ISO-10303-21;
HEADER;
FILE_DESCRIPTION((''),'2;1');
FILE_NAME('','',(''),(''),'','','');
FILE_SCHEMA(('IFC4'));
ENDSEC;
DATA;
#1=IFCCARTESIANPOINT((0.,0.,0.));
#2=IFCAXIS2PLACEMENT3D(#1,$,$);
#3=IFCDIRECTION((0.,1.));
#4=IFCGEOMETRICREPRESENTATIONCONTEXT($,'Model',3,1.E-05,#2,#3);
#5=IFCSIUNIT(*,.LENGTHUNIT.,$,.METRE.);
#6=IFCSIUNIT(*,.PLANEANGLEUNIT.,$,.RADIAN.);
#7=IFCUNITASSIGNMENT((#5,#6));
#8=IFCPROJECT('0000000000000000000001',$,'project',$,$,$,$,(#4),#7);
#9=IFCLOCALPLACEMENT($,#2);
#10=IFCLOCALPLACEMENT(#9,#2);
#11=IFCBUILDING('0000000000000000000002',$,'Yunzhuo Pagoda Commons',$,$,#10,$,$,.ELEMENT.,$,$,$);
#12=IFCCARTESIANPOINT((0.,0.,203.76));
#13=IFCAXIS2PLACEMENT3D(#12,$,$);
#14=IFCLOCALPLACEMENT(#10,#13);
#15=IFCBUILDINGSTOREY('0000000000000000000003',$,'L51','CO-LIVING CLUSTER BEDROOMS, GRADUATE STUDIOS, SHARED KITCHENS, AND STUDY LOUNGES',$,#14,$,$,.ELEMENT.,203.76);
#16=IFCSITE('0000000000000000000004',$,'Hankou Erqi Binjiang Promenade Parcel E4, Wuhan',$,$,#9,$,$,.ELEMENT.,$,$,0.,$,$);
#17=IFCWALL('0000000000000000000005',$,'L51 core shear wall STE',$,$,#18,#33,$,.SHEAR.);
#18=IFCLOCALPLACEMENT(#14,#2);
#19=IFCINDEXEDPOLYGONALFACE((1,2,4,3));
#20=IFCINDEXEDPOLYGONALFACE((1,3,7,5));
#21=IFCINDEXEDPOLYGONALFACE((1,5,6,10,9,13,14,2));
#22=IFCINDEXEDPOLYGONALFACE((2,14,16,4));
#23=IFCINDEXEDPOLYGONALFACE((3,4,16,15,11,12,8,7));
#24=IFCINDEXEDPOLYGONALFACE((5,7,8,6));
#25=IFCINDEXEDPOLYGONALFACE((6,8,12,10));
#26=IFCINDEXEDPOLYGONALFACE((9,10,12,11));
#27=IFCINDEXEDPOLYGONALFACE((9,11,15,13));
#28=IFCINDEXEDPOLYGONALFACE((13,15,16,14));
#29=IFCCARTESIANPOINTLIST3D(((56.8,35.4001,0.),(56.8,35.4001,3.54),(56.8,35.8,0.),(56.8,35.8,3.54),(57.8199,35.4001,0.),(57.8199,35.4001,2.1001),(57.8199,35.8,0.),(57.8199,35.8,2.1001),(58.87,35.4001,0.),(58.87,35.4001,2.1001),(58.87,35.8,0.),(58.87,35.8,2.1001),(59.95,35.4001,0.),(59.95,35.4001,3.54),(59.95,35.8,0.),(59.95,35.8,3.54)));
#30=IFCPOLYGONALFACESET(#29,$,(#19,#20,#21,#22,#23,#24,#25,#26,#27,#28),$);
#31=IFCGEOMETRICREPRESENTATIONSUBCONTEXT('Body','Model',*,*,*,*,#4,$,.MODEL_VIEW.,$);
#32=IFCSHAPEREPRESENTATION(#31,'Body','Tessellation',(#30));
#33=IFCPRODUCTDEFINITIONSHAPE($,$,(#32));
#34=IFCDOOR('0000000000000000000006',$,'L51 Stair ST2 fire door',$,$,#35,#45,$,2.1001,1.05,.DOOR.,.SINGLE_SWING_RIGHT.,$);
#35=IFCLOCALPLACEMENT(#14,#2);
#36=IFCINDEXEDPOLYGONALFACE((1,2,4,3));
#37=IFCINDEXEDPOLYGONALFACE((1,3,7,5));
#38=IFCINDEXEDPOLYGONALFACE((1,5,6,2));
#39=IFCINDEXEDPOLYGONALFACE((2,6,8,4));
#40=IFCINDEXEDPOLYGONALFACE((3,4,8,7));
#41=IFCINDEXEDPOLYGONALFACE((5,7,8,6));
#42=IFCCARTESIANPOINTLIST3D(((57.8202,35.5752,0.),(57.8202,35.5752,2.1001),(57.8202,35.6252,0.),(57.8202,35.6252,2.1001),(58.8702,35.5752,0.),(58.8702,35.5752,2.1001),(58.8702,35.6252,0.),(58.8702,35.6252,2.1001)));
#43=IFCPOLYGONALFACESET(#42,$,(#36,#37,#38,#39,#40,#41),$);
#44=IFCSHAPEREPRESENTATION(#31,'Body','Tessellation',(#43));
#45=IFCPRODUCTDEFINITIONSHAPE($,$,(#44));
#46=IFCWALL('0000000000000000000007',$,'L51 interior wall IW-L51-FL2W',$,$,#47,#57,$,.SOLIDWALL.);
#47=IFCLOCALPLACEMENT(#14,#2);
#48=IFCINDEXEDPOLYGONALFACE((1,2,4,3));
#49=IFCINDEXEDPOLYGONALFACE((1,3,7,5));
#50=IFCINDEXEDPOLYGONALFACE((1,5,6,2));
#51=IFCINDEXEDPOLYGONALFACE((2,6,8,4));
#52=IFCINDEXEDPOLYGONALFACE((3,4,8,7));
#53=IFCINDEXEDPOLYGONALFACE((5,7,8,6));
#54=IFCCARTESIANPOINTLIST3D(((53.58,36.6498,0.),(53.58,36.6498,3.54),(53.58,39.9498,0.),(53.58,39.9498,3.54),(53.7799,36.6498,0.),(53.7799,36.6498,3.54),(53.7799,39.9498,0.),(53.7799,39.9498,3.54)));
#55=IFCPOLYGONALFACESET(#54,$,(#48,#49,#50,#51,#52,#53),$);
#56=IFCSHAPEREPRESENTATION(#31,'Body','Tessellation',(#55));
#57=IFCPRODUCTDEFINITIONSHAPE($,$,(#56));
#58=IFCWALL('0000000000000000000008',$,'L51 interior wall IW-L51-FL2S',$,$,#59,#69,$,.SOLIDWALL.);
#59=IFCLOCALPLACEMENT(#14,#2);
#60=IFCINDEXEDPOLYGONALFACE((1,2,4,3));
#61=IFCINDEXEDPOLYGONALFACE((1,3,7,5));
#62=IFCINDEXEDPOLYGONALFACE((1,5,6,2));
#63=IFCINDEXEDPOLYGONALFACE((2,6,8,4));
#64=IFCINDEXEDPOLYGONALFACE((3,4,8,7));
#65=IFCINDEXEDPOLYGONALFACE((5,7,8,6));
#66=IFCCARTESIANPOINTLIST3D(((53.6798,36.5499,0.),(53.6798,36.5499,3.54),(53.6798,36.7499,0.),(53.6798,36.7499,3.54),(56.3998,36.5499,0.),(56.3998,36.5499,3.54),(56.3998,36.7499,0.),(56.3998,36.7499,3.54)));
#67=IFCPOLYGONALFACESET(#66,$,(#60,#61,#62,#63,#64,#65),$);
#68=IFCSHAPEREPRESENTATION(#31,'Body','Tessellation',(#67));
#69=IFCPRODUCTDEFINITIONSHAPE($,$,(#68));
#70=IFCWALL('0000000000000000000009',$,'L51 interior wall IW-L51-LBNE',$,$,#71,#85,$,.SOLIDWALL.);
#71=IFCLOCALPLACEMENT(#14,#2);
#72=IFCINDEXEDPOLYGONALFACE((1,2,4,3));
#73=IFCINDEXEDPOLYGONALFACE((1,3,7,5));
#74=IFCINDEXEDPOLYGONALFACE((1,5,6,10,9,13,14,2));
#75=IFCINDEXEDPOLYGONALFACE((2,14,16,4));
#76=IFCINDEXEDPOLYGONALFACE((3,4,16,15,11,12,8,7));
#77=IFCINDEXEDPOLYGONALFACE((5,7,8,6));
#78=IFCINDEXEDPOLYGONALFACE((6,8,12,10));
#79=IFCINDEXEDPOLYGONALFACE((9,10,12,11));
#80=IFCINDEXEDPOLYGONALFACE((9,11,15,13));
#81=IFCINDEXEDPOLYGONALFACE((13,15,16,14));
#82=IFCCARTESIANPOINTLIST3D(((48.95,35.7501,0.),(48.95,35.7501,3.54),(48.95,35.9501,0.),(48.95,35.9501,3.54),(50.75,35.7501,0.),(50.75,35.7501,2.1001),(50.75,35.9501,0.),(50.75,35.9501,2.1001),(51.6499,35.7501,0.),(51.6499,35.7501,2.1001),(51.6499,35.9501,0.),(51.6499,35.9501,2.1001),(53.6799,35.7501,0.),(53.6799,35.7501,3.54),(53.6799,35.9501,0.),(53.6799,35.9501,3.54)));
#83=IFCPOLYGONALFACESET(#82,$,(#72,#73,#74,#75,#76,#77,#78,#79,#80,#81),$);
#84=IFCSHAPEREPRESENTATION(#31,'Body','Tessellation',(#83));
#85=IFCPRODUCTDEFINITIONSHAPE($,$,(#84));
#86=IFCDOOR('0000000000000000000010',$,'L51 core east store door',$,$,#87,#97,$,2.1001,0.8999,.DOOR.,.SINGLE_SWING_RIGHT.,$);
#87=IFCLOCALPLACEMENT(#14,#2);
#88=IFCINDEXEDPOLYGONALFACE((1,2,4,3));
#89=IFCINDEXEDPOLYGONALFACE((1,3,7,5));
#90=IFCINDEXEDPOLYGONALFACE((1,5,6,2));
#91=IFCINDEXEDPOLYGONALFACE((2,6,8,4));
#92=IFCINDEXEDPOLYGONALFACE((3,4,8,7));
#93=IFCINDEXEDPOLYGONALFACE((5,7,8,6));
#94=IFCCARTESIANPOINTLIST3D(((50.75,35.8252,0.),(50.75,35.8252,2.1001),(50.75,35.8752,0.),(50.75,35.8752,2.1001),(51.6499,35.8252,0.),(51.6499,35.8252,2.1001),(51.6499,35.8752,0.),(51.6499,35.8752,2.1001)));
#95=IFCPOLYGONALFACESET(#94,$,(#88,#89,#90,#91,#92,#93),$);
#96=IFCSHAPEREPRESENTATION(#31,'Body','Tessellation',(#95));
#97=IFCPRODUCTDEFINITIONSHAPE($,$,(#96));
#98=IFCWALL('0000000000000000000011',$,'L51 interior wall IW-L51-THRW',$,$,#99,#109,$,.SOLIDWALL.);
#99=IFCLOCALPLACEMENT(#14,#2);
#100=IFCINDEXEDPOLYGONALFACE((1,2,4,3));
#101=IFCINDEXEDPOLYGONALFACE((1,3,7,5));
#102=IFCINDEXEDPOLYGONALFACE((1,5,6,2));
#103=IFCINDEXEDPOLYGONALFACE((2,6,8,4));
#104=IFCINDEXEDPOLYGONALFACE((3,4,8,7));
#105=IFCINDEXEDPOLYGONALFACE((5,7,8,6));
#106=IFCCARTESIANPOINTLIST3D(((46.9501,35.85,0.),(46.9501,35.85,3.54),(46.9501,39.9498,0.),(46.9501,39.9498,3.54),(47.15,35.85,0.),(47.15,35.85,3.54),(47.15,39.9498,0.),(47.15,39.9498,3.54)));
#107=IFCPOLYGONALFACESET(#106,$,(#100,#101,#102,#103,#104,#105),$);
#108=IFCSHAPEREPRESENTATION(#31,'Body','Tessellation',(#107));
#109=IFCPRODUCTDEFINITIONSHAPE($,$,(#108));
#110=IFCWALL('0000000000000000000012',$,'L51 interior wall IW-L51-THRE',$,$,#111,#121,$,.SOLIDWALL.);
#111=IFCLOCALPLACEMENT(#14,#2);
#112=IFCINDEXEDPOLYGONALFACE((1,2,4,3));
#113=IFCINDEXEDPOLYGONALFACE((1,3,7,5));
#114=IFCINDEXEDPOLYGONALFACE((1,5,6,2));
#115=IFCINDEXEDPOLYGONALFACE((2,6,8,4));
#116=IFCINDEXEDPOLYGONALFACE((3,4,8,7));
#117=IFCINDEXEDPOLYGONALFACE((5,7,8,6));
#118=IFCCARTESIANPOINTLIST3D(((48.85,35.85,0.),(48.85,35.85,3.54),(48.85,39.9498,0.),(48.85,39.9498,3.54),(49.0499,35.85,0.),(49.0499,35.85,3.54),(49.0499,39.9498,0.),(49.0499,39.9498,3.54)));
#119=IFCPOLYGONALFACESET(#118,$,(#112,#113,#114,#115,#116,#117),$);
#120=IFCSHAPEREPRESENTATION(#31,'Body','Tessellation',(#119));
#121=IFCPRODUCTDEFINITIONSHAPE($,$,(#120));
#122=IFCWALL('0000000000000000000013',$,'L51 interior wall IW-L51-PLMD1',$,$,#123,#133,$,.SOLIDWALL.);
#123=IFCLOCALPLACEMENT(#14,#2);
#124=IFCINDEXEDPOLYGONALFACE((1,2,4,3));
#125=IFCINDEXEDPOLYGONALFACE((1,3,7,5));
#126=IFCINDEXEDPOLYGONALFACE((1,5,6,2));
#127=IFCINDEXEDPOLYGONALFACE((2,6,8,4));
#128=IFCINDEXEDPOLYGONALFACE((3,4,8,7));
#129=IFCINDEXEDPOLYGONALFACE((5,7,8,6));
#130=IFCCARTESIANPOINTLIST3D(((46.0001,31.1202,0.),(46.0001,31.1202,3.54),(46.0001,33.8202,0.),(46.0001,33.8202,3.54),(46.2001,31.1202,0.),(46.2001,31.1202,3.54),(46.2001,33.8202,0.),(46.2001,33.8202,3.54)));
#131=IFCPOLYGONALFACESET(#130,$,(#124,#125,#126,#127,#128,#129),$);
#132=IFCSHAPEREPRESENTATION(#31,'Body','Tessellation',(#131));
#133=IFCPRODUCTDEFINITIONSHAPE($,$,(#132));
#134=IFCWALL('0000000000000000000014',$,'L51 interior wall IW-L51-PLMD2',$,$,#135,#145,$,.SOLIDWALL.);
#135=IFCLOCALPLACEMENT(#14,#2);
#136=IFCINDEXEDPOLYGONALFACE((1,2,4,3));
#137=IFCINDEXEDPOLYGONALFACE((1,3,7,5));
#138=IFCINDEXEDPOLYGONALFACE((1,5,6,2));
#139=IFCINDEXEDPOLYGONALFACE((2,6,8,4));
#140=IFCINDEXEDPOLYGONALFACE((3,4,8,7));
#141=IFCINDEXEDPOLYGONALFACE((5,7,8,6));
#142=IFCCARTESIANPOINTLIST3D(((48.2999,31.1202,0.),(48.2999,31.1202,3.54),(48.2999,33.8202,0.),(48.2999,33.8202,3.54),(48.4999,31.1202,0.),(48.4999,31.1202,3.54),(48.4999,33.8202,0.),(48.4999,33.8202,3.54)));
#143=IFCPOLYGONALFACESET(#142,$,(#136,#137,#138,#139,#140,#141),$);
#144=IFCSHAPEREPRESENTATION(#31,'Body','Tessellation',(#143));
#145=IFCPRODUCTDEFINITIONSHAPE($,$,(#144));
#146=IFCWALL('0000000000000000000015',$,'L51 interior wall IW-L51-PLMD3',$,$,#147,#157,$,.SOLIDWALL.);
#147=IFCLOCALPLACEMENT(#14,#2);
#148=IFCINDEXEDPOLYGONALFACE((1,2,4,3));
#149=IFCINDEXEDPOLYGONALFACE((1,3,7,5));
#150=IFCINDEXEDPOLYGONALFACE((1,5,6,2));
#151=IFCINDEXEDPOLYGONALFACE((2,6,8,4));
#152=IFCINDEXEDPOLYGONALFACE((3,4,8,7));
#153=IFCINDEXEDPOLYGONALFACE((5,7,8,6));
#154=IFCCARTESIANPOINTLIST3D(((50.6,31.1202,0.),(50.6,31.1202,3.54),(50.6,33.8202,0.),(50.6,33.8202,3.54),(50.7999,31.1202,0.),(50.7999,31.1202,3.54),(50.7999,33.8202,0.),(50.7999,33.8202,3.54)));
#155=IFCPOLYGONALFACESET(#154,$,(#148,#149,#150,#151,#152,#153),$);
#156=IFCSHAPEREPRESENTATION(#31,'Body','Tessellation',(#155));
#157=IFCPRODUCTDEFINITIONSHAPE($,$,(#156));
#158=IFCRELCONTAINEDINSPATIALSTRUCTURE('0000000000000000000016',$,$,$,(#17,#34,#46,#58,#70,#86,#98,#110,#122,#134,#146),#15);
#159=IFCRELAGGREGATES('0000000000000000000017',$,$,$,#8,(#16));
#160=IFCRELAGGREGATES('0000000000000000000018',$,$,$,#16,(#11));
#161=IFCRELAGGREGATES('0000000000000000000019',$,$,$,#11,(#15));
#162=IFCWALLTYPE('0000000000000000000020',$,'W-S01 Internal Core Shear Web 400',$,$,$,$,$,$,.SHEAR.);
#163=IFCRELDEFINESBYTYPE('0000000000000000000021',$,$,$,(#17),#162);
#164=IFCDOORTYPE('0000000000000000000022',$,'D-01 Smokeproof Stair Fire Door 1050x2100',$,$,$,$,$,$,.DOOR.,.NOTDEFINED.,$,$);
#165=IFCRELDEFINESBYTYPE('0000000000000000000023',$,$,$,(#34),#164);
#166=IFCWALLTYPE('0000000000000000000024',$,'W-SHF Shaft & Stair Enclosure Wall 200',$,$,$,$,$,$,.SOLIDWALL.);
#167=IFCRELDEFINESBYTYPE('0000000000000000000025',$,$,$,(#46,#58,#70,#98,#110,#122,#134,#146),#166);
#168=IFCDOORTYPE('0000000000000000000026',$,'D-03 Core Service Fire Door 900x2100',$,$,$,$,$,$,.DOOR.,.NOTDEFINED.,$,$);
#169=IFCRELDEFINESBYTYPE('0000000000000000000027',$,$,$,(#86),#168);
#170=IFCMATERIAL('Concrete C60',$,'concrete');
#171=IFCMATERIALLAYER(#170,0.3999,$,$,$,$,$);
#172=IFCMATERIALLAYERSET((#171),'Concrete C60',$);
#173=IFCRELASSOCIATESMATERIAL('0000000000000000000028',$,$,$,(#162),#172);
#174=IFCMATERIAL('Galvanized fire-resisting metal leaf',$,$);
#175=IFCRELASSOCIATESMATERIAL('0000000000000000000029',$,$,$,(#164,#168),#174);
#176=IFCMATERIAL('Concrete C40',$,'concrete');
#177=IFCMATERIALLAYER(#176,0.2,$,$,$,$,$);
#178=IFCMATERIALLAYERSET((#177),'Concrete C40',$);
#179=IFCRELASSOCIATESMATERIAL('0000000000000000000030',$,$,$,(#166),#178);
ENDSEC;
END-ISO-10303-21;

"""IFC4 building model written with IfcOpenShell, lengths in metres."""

from ifc_helpers import new_model, si_unit, direction, frame, frame_2d, origin, place, context, subcontext, project, spatial, rectangle, extrude, source, transform, mapped, material, layer, layer_set, type_object, element, fill, save


model = new_model("IFC4")

# Units and contexts
model_context = context("Model", 3, precision=1e-05, world=origin(), true_north=direction((0.0, 1.0)))
body_context = subcontext(model_context, "Body", "Model", "MODEL_VIEW")
ifc_project = project(units=[si_unit("LENGTHUNIT", "METRE"), si_unit("PLANEANGLEUNIT", "RADIAN")], contexts=[model_context])

# Site, building, storey
site_placement = place(None, origin())
site = spatial("IfcSite", under=ifc_project, at=site_placement, Name="Hankou Erqi Binjiang Promenade Parcel E4, Wuhan", CompositionType="ELEMENT", RefElevation=0.0)
building_placement = place(site_placement, origin())
building = spatial("IfcBuilding", under=site, at=building_placement, Name="Yunzhuo Pagoda Commons", CompositionType="ELEMENT")
storey_placement = place(building_placement, frame((0.0, 0.0, 203.76)))
storey = spatial("IfcBuildingStorey", under=building, at=storey_placement, Name="L51", Description="CO-LIVING CLUSTER BEDROOMS, GRADUATE STUDIOS, SHARED KITCHENS, AND STUDY LOUNGES", CompositionType="ELEMENT", Elevation=203.76)

# Shared definitions
ifc_material_1 = material(Name="Galvanized fire-resisting metal leaf")
shared_shape_1 = source(origin(), body_context, "Body", "SweptSolid", [
    extrude(rectangle(XDim=1.05, YDim=2.1001, at=frame_2d((0.5249, 1.05))), frame((0.0, 0.0249, 0.0), z_axis=(0.0, -1.0, 0.0), x_axis=(1.0, 0.0, 0.0)), (0.0, 0.0, 1.0), 0.05),
])

# Wall, opening, door
ifc_material_2 = material(Name="Concrete C60", Category="concrete")
ifc_layer_1 = layer(ifc_material_2, 0.3999)
ifc_layer_set_1 = layer_set([ifc_layer_1], Name="Concrete C60")
wall_type_1 = type_object("IfcWallType", Name="W-S01 Internal Core Shear Web 400", PredefinedType="SHEAR", material=ifc_layer_set_1)
wall_1_placement = place(storey_placement, frame((56.8, 35.6001, 0.0), z_axis=(0.0, 0.0, 1.0), x_axis=(1.0, 0.0, 0.0)))
wall_1 = element("IfcWall", 1, at=wall_1_placement, inside=storey, type_object=wall_type_1, Name="L51 core shear wall STE", PredefinedType="SHEAR", context=body_context, shape_type="SweptSolid", body=[
    extrude(rectangle(XDim=3.1499, YDim=0.3999, at=frame_2d((1.575, 0.0))), origin(), (0.0, 0.0, 1.0), 3.54),
])
opening_1_placement = place(wall_1_placement, frame((1.02, 0.0, 0.0)))
opening_1 = element("IfcOpeningElement", 2, at=opening_1_placement, cuts=wall_1, PredefinedType="OPENING", context=body_context, shape_type="SweptSolid", body=[
    extrude(rectangle(XDim=1.05, YDim=2.1001, at=frame_2d((0.5249, 1.05))), frame((0.0, 0.21, 0.0), z_axis=(0.0, -1.0, 0.0), x_axis=(1.0, 0.0, 0.0)), (0.0, 0.0, 1.0), 0.4199),
])
door_type_1 = type_object("IfcDoorType", Name="D-01 Smokeproof Stair Fire Door 1050x2100", OperationType="NOTDEFINED", PredefinedType="DOOR", material=ifc_material_1)
door_1_placement = place(opening_1_placement, frame((1.05, 0.0, 0.0), z_axis=(0.0, 0.0, 1.0), x_axis=(-1.0, 0.0, 0.0)))
door_1 = element("IfcDoor", 3, at=door_1_placement, inside=storey, type_object=door_type_1, Name="L51 Stair ST2 fire door", OperationType="SINGLE_SWING_RIGHT", OverallHeight=2.1001, OverallWidth=1.05, PredefinedType="DOOR", context=body_context, shape_type="MappedRepresentation", body=[
    mapped(shared_shape_1, transform((0.0, 0.0, 0.0), scale=1.0)),
])
fill(opening_1, door_1)

# Walls
ifc_material_3 = material(Name="Concrete C40", Category="concrete")
ifc_layer_2 = layer(ifc_material_3, 0.2)
ifc_layer_set_2 = layer_set([ifc_layer_2], Name="Concrete C40")
wall_type_2 = type_object("IfcWallType", Name="W-SHF Shaft & Stair Enclosure Wall 200", PredefinedType="SOLIDWALL", material=ifc_layer_set_2)
wall_2_placement = place(storey_placement, frame((53.6799, 36.6499, 0.0), z_axis=(0.0, 0.0, 1.0), x_axis=(0.0, 1.0, 0.0)))
element("IfcWall", 4, at=wall_2_placement, inside=storey, type_object=wall_type_2, Name="L51 interior wall IW-L51-FL2W", PredefinedType="SOLIDWALL", context=body_context, shape_type="SweptSolid", body=[
    extrude(rectangle(XDim=3.3, YDim=0.2, at=frame_2d((1.6499, 0.0))), origin(), (0.0, 0.0, 1.0), 3.54),
])
wall_3_placement = place(storey_placement, frame((53.6799, 36.6499, 0.0), z_axis=(0.0, 0.0, 1.0), x_axis=(1.0, 0.0, 0.0)))
element("IfcWall", 5, at=wall_3_placement, inside=storey, type_object=wall_type_2, Name="L51 interior wall IW-L51-FL2S", PredefinedType="SOLIDWALL", context=body_context, shape_type="SweptSolid", body=[
    extrude(rectangle(XDim=2.72, YDim=0.2, at=frame_2d((1.3599, 0.0))), origin(), (0.0, 0.0, 1.0), 3.54),
])

# Wall, opening, door
wall_4_placement = place(storey_placement, frame((48.95, 35.8501, 0.0), z_axis=(0.0, 0.0, 1.0), x_axis=(1.0, 0.0, 0.0)))
wall_4 = element("IfcWall", 6, at=wall_4_placement, inside=storey, type_object=wall_type_2, Name="L51 interior wall IW-L51-LBNE", PredefinedType="SOLIDWALL", context=body_context, shape_type="SweptSolid", body=[
    extrude(rectangle(XDim=4.73, YDim=0.2, at=frame_2d((2.365, 0.0))), origin(), (0.0, 0.0, 1.0), 3.54),
])
opening_2_placement = place(wall_4_placement, frame((1.8, 0.0, 0.0)))
opening_2 = element("IfcOpeningElement", 7, at=opening_2_placement, cuts=wall_4, PredefinedType="OPENING", context=body_context, shape_type="SweptSolid", body=[
    extrude(rectangle(XDim=0.8999, YDim=2.1001, at=frame_2d((0.45, 1.05))), frame((0.0, 0.1099, 0.0), z_axis=(0.0, -1.0, 0.0), x_axis=(1.0, 0.0, 0.0)), (0.0, 0.0, 1.0), 0.22),
])
door_type_2 = type_object("IfcDoorType", Name="D-03 Core Service Fire Door 900x2100", OperationType="NOTDEFINED", PredefinedType="DOOR", material=ifc_material_1)
shared_shape_2 = source(origin(), body_context, "Body", "SweptSolid", [
    extrude(rectangle(XDim=0.8999, YDim=2.1001, at=frame_2d((0.45, 1.05))), frame((0.0, 0.0249, 0.0), z_axis=(0.0, -1.0, 0.0), x_axis=(1.0, 0.0, 0.0)), (0.0, 0.0, 1.0), 0.05),
])
door_2_placement = place(opening_2_placement, frame((0.8999, 0.0, 0.0), z_axis=(0.0, 0.0, 1.0), x_axis=(-1.0, 0.0, 0.0)))
door_2 = element("IfcDoor", 8, at=door_2_placement, inside=storey, type_object=door_type_2, Name="L51 core east store door", OperationType="SINGLE_SWING_RIGHT", OverallHeight=2.1001, OverallWidth=0.8999, PredefinedType="DOOR", context=body_context, shape_type="MappedRepresentation", body=[
    mapped(shared_shape_2, transform((0.0, 0.0, 0.0), scale=1.0)),
])
fill(opening_2, door_2)

# Walls
for number, where, z_axis, x_axis, name in (
    (9, (47.05, 35.8501, 0.0), (0.0, 0.0, 1.0), (0.0, 1.0, 0.0), "L51 interior wall IW-L51-THRW"),
    (10, (48.95, 35.8501, 0.0), (0.0, 0.0, 1.0), (0.0, 1.0, 0.0), "L51 interior wall IW-L51-THRE"),
):
    element("IfcWall", number, at=place(storey_placement, frame(where, z_axis=z_axis, x_axis=x_axis)), inside=storey, type_object=wall_type_2, Name=name, PredefinedType="SOLIDWALL", context=body_context, shape_type="SweptSolid", body=[
        extrude(rectangle(XDim=4.0999, YDim=0.2, at=frame_2d((2.0498, 0.0))), origin(), (0.0, 0.0, 1.0), 3.54),
    ])
for number, where, z_axis, x_axis, name in (
    (11, (46.1001, 31.1201, 0.0), (0.0, 0.0, 1.0), (0.0, 1.0, 0.0), "L51 interior wall IW-L51-PLMD1"),
    (12, (48.3999, 31.1201, 0.0), (0.0, 0.0, 1.0), (0.0, 1.0, 0.0), "L51 interior wall IW-L51-PLMD2"),
    (13, (50.7, 31.1201, 0.0), (0.0, 0.0, 1.0), (0.0, 1.0, 0.0), "L51 interior wall IW-L51-PLMD3"),
):
    element("IfcWall", number, at=place(storey_placement, frame(where, z_axis=z_axis, x_axis=x_axis)), inside=storey, type_object=wall_type_2, Name=name, PredefinedType="SOLIDWALL", context=body_context, shape_type="SweptSolid", body=[
        extrude(rectangle(XDim=2.7, YDim=0.2, at=frame_2d((1.3501, 0.0))), origin(), (0.0, 0.0, 1.0), 3.54),
    ])

save(model, "model.ifc")
